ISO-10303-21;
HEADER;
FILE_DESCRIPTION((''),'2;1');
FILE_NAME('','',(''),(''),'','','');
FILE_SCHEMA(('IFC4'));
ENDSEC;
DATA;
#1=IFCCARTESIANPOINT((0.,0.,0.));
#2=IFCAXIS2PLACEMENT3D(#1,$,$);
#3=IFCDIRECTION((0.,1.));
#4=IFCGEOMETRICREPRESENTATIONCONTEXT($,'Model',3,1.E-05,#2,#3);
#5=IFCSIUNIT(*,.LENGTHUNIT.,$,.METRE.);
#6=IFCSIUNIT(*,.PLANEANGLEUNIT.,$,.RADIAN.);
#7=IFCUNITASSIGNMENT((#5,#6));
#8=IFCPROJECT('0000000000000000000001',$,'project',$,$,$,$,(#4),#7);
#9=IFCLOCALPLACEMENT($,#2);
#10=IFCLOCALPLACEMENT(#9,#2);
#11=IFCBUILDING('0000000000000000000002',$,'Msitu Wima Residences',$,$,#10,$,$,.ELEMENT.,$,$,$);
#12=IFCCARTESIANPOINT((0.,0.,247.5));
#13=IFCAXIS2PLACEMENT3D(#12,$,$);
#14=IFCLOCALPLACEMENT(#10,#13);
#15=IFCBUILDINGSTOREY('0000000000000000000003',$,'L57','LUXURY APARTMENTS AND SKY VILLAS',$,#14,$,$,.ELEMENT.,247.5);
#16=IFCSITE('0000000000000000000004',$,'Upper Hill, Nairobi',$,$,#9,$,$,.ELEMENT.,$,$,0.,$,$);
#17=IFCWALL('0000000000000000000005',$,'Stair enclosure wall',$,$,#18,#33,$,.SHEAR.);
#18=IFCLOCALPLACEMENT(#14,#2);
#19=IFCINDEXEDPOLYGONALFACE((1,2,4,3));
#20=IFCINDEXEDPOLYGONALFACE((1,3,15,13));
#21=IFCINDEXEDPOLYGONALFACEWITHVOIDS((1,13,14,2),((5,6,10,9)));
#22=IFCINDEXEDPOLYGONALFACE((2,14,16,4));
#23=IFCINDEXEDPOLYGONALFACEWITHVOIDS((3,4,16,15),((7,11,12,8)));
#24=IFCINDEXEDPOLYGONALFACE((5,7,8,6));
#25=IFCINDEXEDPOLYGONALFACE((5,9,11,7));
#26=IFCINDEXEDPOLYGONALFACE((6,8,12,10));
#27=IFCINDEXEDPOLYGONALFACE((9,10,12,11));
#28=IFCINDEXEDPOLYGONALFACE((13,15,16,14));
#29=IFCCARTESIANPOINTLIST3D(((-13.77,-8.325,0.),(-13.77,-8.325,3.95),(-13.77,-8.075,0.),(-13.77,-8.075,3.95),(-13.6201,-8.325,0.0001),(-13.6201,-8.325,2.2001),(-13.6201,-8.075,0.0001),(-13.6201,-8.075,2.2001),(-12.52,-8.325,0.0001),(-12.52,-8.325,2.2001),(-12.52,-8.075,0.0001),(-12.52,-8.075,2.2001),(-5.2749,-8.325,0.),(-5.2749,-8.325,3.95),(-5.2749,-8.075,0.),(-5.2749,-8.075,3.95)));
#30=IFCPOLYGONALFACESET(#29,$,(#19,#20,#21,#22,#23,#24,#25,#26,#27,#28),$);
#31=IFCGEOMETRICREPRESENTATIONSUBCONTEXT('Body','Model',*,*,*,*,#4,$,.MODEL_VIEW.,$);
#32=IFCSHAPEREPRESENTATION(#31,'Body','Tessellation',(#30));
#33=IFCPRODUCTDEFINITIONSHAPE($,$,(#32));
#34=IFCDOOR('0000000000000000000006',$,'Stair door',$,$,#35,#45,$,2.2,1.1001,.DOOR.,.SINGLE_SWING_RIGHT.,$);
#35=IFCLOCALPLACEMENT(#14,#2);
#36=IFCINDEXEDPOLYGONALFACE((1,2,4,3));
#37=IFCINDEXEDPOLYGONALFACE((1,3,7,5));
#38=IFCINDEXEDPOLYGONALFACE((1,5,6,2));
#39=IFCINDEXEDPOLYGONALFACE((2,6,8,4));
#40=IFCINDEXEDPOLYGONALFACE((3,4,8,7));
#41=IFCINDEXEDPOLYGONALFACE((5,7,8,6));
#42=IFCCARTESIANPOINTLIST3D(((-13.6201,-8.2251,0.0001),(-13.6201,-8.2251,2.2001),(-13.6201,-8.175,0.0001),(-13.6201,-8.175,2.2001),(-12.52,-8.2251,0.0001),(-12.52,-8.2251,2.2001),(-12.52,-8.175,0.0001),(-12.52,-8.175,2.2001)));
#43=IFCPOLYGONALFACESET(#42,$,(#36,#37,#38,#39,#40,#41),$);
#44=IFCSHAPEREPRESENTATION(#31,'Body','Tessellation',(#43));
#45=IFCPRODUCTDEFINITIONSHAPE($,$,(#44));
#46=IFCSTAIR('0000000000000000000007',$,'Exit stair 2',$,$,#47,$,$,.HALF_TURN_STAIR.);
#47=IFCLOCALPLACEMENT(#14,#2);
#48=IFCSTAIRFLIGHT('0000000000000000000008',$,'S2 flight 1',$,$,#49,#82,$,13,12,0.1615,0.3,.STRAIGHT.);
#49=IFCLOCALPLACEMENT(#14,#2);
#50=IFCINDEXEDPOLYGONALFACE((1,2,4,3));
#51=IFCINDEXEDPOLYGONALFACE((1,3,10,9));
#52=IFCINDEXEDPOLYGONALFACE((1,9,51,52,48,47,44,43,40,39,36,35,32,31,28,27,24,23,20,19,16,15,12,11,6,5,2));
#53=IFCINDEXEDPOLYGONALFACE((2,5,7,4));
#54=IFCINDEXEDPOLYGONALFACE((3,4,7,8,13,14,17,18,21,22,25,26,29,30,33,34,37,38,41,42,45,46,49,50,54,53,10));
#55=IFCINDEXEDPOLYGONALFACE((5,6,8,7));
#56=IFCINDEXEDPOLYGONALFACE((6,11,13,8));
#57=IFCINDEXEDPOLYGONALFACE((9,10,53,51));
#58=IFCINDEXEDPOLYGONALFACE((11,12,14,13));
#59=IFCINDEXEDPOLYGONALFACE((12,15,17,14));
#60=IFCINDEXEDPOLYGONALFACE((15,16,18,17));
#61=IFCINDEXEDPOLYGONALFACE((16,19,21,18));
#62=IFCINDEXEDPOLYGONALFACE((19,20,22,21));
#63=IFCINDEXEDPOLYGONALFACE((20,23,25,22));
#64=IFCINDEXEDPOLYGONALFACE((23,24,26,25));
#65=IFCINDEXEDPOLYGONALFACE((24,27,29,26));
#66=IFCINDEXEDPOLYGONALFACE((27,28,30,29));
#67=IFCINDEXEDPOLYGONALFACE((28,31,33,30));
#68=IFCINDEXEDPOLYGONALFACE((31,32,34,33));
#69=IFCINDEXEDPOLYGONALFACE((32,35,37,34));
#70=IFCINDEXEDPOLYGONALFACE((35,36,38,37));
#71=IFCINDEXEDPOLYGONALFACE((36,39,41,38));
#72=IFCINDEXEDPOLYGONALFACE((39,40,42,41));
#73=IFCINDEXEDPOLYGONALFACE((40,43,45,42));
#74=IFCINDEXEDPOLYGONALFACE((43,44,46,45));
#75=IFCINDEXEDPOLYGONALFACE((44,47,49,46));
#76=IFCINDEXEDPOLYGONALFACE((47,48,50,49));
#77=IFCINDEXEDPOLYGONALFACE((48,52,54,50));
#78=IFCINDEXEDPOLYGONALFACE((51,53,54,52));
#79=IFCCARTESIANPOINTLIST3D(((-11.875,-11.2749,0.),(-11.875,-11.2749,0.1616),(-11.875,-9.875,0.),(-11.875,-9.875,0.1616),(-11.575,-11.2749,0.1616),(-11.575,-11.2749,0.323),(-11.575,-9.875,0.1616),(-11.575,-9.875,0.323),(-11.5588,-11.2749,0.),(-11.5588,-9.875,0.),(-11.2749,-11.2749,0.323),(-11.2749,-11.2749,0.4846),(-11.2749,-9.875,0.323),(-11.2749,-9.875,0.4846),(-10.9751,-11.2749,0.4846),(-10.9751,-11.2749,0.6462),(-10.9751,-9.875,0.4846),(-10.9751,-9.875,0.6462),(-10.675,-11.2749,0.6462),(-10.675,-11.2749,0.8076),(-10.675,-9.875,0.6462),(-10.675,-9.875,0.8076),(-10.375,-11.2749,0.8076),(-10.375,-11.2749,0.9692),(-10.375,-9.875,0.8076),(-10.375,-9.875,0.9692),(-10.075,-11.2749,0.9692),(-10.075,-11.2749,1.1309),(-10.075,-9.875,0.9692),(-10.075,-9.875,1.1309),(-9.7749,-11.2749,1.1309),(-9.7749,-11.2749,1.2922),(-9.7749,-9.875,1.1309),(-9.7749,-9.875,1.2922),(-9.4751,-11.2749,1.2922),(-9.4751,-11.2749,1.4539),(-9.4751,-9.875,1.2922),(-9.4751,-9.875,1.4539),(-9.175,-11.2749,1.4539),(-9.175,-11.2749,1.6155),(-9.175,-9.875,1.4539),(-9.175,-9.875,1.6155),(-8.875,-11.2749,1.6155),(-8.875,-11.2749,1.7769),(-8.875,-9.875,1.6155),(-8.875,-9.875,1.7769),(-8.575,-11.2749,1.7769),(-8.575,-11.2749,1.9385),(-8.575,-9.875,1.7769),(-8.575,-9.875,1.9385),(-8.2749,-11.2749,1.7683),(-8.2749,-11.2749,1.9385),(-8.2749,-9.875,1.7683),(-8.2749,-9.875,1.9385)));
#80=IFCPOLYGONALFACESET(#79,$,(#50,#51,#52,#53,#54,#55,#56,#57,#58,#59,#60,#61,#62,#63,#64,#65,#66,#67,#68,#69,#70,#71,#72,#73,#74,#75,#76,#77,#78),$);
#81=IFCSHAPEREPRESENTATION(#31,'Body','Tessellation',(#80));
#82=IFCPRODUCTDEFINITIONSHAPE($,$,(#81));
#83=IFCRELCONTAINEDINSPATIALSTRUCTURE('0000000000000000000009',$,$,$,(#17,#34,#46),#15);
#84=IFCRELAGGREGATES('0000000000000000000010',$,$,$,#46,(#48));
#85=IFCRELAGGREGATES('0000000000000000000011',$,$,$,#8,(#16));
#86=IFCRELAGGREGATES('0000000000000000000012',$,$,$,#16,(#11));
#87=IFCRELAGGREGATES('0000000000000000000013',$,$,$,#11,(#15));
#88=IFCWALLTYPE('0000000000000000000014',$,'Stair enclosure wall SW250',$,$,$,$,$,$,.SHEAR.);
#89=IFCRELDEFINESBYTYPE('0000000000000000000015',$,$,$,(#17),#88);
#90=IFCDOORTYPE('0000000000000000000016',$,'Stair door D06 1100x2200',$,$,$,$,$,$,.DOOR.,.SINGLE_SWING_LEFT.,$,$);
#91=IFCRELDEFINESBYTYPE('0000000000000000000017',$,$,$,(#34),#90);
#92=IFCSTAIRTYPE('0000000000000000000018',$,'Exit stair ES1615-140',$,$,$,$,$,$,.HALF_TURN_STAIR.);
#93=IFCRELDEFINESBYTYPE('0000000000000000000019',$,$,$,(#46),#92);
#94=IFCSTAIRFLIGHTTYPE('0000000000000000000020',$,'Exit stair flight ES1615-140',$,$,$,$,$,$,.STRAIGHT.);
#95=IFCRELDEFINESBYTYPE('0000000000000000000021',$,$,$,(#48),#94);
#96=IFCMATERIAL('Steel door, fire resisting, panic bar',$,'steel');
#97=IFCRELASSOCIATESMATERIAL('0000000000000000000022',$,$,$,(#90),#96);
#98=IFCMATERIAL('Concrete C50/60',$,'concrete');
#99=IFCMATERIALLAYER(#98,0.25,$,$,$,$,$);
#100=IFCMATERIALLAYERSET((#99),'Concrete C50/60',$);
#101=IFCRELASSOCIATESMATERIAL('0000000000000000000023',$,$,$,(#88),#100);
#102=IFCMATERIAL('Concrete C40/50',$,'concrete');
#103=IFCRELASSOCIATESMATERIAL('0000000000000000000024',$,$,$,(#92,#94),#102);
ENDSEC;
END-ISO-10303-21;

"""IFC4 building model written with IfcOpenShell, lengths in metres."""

from ifc_helpers import new_model, si_unit, direction, frame, frame_2d, origin, place, context, subcontext, project, spatial, polyline, rectangle, outline, extrude, material, layer, layer_set, type_object, element, fill, aggregate, save


model = new_model("IFC4")

# Units and contexts
model_context = context("Model", 3, precision=1e-05, world=origin(), true_north=direction((0.0, 1.0)))
body_context = subcontext(model_context, "Body", "Model", "MODEL_VIEW")
ifc_project = project(units=[si_unit("LENGTHUNIT", "METRE"), si_unit("PLANEANGLEUNIT", "RADIAN")], contexts=[model_context])

# Site, building, storey
site_placement = place(None, origin())
site = spatial("IfcSite", under=ifc_project, at=site_placement, Name="Upper Hill, Nairobi", CompositionType="ELEMENT", RefElevation=0.0)
building_placement = place(site_placement, origin())
building = spatial("IfcBuilding", under=site, at=building_placement, Name="Msitu Wima Residences", CompositionType="ELEMENT")
storey_placement = place(building_placement, frame((0.0, 0.0, 247.5)))
storey = spatial("IfcBuildingStorey", under=building, at=storey_placement, Name="L57", Description="LUXURY APARTMENTS AND SKY VILLAS", CompositionType="ELEMENT", Elevation=247.5)

# Shared definitions
ifc_material_1 = material(Name="Concrete C50/60", Category="concrete")

# Shared definitions
ifc_material_2 = material(Name="Steel door, fire resisting, panic bar", Category="steel")
door_type_1 = type_object("IfcDoorType", Name="Stair door D06 1100x2200", OperationType="SINGLE_SWING_LEFT", PredefinedType="DOOR", material=ifc_material_2)

# Wall, opening, door
ifc_layer_1 = layer(ifc_material_1, 0.25)
ifc_layer_set_1 = layer_set([ifc_layer_1], Name="Concrete C50/60")
wall_type_1 = type_object("IfcWallType", Name="Stair enclosure wall SW250", PredefinedType="SHEAR", material=ifc_layer_set_1)
wall_1_placement = place(storey_placement, frame((-13.77, -8.2, 0.0), z_axis=(0.0, 0.0, 1.0), x_axis=(1.0, 0.0, 0.0)))
wall_1 = element("IfcWall", 1, at=wall_1_placement, inside=storey, type_object=wall_type_1, Name="Stair enclosure wall", PredefinedType="SHEAR", context=body_context, shape_type="SweptSolid", body=[
    extrude(rectangle(XDim=8.4951, YDim=0.25, at=frame_2d((4.2476, 0.0))), origin(), (0.0, 0.0, 1.0), 3.95),
])
opening_1_placement = place(wall_1_placement, frame((0.1499, 0.0, 0.0)))
opening_1 = element("IfcOpeningElement", 2, at=opening_1_placement, cuts=wall_1, PredefinedType="OPENING", context=body_context, shape_type="SweptSolid", body=[
    extrude(rectangle(XDim=1.1001, YDim=2.2, at=frame_2d((0.55, 1.1001))), frame((0.0, 0.135, 0.0), z_axis=(0.0, -1.0, 0.0), x_axis=(1.0, 0.0, 0.0)), (0.0, 0.0, 1.0), 0.27),
])
door_1_placement = place(opening_1_placement, origin())
door_1 = element("IfcDoor", 3, at=door_1_placement, inside=storey, type_object=door_type_1, Name="Stair door", OperationType="SINGLE_SWING_RIGHT", OverallHeight=2.2, OverallWidth=1.1001, PredefinedType="DOOR", context=body_context, shape_type="SweptSolid", body=[
    extrude(rectangle(XDim=1.1001, YDim=2.2, at=frame_2d((0.55, 1.1001))), frame((0.0, 0.0249, 0.0), z_axis=(0.0, -1.0, 0.0), x_axis=(1.0, 0.0, 0.0)), (0.0, 0.0, 1.0), 0.05),
])
fill(opening_1, door_1)

# Stair, stair flight
ifc_material_3 = material(Name="Concrete C40/50", Category="concrete")
stair_type = type_object("IfcStairType", Name="Exit stair ES1615-140", PredefinedType="HALF_TURN_STAIR", material=ifc_material_3)
stair_placement = place(storey_placement, origin())
stair = element("IfcStair", 4, at=stair_placement, inside=storey, type_object=stair_type, Name="Exit stair 2", PredefinedType="HALF_TURN_STAIR")
stair_flight_type = type_object("IfcStairFlightType", Name="Exit stair flight ES1615-140", PredefinedType="STRAIGHT", material=ifc_material_3)
stair_flight_placement = place(storey_placement, frame((-11.875, -10.575, 0.0), z_axis=(0.0, 0.0, 1.0), x_axis=(1.0, 0.0, 0.0)))
stair_flight = element("IfcStairFlight", 5, at=stair_flight_placement, type_object=stair_flight_type, Name="S2 flight 1", NumberOfRisers=13, NumberOfTreads=12, PredefinedType="STRAIGHT", RiserHeight=0.1615, TreadLength=0.3, context=body_context, shape_type="SweptSolid", body=[
    extrude(outline(polyline([(0.0, 0.0), (0.0, 0.1616), (0.3, 0.1616), (0.3, 0.323), (0.6001, 0.323), (0.6001, 0.4846), (0.8999, 0.4846), (0.8999, 0.6462), (1.2, 0.6462), (1.2, 0.8076), (1.5, 0.8076), (1.5, 0.9692), (1.8, 0.9692), (1.8, 1.1309), (2.1001, 1.1309), (2.1001, 1.2922), (2.3999, 1.2922), (2.3999, 1.4539), (2.7, 1.4539), (2.7, 1.6155), (3.0, 1.6155), (3.0, 1.7769), (3.3, 1.7769), (3.3, 1.9385), (3.6001, 1.9385), (3.6001, 2.1001), (3.6001, 1.7683), (0.3162, 0.0), (0.0, 0.0)])), frame((0.0, 0.7, 0.0), z_axis=(0.0, -1.0, 0.0), x_axis=(1.0, 0.0, 0.0)), (0.0, 0.0, 1.0), 1.3999),
])
aggregate(stair, [stair_flight])

save(model, "model.ifc")
